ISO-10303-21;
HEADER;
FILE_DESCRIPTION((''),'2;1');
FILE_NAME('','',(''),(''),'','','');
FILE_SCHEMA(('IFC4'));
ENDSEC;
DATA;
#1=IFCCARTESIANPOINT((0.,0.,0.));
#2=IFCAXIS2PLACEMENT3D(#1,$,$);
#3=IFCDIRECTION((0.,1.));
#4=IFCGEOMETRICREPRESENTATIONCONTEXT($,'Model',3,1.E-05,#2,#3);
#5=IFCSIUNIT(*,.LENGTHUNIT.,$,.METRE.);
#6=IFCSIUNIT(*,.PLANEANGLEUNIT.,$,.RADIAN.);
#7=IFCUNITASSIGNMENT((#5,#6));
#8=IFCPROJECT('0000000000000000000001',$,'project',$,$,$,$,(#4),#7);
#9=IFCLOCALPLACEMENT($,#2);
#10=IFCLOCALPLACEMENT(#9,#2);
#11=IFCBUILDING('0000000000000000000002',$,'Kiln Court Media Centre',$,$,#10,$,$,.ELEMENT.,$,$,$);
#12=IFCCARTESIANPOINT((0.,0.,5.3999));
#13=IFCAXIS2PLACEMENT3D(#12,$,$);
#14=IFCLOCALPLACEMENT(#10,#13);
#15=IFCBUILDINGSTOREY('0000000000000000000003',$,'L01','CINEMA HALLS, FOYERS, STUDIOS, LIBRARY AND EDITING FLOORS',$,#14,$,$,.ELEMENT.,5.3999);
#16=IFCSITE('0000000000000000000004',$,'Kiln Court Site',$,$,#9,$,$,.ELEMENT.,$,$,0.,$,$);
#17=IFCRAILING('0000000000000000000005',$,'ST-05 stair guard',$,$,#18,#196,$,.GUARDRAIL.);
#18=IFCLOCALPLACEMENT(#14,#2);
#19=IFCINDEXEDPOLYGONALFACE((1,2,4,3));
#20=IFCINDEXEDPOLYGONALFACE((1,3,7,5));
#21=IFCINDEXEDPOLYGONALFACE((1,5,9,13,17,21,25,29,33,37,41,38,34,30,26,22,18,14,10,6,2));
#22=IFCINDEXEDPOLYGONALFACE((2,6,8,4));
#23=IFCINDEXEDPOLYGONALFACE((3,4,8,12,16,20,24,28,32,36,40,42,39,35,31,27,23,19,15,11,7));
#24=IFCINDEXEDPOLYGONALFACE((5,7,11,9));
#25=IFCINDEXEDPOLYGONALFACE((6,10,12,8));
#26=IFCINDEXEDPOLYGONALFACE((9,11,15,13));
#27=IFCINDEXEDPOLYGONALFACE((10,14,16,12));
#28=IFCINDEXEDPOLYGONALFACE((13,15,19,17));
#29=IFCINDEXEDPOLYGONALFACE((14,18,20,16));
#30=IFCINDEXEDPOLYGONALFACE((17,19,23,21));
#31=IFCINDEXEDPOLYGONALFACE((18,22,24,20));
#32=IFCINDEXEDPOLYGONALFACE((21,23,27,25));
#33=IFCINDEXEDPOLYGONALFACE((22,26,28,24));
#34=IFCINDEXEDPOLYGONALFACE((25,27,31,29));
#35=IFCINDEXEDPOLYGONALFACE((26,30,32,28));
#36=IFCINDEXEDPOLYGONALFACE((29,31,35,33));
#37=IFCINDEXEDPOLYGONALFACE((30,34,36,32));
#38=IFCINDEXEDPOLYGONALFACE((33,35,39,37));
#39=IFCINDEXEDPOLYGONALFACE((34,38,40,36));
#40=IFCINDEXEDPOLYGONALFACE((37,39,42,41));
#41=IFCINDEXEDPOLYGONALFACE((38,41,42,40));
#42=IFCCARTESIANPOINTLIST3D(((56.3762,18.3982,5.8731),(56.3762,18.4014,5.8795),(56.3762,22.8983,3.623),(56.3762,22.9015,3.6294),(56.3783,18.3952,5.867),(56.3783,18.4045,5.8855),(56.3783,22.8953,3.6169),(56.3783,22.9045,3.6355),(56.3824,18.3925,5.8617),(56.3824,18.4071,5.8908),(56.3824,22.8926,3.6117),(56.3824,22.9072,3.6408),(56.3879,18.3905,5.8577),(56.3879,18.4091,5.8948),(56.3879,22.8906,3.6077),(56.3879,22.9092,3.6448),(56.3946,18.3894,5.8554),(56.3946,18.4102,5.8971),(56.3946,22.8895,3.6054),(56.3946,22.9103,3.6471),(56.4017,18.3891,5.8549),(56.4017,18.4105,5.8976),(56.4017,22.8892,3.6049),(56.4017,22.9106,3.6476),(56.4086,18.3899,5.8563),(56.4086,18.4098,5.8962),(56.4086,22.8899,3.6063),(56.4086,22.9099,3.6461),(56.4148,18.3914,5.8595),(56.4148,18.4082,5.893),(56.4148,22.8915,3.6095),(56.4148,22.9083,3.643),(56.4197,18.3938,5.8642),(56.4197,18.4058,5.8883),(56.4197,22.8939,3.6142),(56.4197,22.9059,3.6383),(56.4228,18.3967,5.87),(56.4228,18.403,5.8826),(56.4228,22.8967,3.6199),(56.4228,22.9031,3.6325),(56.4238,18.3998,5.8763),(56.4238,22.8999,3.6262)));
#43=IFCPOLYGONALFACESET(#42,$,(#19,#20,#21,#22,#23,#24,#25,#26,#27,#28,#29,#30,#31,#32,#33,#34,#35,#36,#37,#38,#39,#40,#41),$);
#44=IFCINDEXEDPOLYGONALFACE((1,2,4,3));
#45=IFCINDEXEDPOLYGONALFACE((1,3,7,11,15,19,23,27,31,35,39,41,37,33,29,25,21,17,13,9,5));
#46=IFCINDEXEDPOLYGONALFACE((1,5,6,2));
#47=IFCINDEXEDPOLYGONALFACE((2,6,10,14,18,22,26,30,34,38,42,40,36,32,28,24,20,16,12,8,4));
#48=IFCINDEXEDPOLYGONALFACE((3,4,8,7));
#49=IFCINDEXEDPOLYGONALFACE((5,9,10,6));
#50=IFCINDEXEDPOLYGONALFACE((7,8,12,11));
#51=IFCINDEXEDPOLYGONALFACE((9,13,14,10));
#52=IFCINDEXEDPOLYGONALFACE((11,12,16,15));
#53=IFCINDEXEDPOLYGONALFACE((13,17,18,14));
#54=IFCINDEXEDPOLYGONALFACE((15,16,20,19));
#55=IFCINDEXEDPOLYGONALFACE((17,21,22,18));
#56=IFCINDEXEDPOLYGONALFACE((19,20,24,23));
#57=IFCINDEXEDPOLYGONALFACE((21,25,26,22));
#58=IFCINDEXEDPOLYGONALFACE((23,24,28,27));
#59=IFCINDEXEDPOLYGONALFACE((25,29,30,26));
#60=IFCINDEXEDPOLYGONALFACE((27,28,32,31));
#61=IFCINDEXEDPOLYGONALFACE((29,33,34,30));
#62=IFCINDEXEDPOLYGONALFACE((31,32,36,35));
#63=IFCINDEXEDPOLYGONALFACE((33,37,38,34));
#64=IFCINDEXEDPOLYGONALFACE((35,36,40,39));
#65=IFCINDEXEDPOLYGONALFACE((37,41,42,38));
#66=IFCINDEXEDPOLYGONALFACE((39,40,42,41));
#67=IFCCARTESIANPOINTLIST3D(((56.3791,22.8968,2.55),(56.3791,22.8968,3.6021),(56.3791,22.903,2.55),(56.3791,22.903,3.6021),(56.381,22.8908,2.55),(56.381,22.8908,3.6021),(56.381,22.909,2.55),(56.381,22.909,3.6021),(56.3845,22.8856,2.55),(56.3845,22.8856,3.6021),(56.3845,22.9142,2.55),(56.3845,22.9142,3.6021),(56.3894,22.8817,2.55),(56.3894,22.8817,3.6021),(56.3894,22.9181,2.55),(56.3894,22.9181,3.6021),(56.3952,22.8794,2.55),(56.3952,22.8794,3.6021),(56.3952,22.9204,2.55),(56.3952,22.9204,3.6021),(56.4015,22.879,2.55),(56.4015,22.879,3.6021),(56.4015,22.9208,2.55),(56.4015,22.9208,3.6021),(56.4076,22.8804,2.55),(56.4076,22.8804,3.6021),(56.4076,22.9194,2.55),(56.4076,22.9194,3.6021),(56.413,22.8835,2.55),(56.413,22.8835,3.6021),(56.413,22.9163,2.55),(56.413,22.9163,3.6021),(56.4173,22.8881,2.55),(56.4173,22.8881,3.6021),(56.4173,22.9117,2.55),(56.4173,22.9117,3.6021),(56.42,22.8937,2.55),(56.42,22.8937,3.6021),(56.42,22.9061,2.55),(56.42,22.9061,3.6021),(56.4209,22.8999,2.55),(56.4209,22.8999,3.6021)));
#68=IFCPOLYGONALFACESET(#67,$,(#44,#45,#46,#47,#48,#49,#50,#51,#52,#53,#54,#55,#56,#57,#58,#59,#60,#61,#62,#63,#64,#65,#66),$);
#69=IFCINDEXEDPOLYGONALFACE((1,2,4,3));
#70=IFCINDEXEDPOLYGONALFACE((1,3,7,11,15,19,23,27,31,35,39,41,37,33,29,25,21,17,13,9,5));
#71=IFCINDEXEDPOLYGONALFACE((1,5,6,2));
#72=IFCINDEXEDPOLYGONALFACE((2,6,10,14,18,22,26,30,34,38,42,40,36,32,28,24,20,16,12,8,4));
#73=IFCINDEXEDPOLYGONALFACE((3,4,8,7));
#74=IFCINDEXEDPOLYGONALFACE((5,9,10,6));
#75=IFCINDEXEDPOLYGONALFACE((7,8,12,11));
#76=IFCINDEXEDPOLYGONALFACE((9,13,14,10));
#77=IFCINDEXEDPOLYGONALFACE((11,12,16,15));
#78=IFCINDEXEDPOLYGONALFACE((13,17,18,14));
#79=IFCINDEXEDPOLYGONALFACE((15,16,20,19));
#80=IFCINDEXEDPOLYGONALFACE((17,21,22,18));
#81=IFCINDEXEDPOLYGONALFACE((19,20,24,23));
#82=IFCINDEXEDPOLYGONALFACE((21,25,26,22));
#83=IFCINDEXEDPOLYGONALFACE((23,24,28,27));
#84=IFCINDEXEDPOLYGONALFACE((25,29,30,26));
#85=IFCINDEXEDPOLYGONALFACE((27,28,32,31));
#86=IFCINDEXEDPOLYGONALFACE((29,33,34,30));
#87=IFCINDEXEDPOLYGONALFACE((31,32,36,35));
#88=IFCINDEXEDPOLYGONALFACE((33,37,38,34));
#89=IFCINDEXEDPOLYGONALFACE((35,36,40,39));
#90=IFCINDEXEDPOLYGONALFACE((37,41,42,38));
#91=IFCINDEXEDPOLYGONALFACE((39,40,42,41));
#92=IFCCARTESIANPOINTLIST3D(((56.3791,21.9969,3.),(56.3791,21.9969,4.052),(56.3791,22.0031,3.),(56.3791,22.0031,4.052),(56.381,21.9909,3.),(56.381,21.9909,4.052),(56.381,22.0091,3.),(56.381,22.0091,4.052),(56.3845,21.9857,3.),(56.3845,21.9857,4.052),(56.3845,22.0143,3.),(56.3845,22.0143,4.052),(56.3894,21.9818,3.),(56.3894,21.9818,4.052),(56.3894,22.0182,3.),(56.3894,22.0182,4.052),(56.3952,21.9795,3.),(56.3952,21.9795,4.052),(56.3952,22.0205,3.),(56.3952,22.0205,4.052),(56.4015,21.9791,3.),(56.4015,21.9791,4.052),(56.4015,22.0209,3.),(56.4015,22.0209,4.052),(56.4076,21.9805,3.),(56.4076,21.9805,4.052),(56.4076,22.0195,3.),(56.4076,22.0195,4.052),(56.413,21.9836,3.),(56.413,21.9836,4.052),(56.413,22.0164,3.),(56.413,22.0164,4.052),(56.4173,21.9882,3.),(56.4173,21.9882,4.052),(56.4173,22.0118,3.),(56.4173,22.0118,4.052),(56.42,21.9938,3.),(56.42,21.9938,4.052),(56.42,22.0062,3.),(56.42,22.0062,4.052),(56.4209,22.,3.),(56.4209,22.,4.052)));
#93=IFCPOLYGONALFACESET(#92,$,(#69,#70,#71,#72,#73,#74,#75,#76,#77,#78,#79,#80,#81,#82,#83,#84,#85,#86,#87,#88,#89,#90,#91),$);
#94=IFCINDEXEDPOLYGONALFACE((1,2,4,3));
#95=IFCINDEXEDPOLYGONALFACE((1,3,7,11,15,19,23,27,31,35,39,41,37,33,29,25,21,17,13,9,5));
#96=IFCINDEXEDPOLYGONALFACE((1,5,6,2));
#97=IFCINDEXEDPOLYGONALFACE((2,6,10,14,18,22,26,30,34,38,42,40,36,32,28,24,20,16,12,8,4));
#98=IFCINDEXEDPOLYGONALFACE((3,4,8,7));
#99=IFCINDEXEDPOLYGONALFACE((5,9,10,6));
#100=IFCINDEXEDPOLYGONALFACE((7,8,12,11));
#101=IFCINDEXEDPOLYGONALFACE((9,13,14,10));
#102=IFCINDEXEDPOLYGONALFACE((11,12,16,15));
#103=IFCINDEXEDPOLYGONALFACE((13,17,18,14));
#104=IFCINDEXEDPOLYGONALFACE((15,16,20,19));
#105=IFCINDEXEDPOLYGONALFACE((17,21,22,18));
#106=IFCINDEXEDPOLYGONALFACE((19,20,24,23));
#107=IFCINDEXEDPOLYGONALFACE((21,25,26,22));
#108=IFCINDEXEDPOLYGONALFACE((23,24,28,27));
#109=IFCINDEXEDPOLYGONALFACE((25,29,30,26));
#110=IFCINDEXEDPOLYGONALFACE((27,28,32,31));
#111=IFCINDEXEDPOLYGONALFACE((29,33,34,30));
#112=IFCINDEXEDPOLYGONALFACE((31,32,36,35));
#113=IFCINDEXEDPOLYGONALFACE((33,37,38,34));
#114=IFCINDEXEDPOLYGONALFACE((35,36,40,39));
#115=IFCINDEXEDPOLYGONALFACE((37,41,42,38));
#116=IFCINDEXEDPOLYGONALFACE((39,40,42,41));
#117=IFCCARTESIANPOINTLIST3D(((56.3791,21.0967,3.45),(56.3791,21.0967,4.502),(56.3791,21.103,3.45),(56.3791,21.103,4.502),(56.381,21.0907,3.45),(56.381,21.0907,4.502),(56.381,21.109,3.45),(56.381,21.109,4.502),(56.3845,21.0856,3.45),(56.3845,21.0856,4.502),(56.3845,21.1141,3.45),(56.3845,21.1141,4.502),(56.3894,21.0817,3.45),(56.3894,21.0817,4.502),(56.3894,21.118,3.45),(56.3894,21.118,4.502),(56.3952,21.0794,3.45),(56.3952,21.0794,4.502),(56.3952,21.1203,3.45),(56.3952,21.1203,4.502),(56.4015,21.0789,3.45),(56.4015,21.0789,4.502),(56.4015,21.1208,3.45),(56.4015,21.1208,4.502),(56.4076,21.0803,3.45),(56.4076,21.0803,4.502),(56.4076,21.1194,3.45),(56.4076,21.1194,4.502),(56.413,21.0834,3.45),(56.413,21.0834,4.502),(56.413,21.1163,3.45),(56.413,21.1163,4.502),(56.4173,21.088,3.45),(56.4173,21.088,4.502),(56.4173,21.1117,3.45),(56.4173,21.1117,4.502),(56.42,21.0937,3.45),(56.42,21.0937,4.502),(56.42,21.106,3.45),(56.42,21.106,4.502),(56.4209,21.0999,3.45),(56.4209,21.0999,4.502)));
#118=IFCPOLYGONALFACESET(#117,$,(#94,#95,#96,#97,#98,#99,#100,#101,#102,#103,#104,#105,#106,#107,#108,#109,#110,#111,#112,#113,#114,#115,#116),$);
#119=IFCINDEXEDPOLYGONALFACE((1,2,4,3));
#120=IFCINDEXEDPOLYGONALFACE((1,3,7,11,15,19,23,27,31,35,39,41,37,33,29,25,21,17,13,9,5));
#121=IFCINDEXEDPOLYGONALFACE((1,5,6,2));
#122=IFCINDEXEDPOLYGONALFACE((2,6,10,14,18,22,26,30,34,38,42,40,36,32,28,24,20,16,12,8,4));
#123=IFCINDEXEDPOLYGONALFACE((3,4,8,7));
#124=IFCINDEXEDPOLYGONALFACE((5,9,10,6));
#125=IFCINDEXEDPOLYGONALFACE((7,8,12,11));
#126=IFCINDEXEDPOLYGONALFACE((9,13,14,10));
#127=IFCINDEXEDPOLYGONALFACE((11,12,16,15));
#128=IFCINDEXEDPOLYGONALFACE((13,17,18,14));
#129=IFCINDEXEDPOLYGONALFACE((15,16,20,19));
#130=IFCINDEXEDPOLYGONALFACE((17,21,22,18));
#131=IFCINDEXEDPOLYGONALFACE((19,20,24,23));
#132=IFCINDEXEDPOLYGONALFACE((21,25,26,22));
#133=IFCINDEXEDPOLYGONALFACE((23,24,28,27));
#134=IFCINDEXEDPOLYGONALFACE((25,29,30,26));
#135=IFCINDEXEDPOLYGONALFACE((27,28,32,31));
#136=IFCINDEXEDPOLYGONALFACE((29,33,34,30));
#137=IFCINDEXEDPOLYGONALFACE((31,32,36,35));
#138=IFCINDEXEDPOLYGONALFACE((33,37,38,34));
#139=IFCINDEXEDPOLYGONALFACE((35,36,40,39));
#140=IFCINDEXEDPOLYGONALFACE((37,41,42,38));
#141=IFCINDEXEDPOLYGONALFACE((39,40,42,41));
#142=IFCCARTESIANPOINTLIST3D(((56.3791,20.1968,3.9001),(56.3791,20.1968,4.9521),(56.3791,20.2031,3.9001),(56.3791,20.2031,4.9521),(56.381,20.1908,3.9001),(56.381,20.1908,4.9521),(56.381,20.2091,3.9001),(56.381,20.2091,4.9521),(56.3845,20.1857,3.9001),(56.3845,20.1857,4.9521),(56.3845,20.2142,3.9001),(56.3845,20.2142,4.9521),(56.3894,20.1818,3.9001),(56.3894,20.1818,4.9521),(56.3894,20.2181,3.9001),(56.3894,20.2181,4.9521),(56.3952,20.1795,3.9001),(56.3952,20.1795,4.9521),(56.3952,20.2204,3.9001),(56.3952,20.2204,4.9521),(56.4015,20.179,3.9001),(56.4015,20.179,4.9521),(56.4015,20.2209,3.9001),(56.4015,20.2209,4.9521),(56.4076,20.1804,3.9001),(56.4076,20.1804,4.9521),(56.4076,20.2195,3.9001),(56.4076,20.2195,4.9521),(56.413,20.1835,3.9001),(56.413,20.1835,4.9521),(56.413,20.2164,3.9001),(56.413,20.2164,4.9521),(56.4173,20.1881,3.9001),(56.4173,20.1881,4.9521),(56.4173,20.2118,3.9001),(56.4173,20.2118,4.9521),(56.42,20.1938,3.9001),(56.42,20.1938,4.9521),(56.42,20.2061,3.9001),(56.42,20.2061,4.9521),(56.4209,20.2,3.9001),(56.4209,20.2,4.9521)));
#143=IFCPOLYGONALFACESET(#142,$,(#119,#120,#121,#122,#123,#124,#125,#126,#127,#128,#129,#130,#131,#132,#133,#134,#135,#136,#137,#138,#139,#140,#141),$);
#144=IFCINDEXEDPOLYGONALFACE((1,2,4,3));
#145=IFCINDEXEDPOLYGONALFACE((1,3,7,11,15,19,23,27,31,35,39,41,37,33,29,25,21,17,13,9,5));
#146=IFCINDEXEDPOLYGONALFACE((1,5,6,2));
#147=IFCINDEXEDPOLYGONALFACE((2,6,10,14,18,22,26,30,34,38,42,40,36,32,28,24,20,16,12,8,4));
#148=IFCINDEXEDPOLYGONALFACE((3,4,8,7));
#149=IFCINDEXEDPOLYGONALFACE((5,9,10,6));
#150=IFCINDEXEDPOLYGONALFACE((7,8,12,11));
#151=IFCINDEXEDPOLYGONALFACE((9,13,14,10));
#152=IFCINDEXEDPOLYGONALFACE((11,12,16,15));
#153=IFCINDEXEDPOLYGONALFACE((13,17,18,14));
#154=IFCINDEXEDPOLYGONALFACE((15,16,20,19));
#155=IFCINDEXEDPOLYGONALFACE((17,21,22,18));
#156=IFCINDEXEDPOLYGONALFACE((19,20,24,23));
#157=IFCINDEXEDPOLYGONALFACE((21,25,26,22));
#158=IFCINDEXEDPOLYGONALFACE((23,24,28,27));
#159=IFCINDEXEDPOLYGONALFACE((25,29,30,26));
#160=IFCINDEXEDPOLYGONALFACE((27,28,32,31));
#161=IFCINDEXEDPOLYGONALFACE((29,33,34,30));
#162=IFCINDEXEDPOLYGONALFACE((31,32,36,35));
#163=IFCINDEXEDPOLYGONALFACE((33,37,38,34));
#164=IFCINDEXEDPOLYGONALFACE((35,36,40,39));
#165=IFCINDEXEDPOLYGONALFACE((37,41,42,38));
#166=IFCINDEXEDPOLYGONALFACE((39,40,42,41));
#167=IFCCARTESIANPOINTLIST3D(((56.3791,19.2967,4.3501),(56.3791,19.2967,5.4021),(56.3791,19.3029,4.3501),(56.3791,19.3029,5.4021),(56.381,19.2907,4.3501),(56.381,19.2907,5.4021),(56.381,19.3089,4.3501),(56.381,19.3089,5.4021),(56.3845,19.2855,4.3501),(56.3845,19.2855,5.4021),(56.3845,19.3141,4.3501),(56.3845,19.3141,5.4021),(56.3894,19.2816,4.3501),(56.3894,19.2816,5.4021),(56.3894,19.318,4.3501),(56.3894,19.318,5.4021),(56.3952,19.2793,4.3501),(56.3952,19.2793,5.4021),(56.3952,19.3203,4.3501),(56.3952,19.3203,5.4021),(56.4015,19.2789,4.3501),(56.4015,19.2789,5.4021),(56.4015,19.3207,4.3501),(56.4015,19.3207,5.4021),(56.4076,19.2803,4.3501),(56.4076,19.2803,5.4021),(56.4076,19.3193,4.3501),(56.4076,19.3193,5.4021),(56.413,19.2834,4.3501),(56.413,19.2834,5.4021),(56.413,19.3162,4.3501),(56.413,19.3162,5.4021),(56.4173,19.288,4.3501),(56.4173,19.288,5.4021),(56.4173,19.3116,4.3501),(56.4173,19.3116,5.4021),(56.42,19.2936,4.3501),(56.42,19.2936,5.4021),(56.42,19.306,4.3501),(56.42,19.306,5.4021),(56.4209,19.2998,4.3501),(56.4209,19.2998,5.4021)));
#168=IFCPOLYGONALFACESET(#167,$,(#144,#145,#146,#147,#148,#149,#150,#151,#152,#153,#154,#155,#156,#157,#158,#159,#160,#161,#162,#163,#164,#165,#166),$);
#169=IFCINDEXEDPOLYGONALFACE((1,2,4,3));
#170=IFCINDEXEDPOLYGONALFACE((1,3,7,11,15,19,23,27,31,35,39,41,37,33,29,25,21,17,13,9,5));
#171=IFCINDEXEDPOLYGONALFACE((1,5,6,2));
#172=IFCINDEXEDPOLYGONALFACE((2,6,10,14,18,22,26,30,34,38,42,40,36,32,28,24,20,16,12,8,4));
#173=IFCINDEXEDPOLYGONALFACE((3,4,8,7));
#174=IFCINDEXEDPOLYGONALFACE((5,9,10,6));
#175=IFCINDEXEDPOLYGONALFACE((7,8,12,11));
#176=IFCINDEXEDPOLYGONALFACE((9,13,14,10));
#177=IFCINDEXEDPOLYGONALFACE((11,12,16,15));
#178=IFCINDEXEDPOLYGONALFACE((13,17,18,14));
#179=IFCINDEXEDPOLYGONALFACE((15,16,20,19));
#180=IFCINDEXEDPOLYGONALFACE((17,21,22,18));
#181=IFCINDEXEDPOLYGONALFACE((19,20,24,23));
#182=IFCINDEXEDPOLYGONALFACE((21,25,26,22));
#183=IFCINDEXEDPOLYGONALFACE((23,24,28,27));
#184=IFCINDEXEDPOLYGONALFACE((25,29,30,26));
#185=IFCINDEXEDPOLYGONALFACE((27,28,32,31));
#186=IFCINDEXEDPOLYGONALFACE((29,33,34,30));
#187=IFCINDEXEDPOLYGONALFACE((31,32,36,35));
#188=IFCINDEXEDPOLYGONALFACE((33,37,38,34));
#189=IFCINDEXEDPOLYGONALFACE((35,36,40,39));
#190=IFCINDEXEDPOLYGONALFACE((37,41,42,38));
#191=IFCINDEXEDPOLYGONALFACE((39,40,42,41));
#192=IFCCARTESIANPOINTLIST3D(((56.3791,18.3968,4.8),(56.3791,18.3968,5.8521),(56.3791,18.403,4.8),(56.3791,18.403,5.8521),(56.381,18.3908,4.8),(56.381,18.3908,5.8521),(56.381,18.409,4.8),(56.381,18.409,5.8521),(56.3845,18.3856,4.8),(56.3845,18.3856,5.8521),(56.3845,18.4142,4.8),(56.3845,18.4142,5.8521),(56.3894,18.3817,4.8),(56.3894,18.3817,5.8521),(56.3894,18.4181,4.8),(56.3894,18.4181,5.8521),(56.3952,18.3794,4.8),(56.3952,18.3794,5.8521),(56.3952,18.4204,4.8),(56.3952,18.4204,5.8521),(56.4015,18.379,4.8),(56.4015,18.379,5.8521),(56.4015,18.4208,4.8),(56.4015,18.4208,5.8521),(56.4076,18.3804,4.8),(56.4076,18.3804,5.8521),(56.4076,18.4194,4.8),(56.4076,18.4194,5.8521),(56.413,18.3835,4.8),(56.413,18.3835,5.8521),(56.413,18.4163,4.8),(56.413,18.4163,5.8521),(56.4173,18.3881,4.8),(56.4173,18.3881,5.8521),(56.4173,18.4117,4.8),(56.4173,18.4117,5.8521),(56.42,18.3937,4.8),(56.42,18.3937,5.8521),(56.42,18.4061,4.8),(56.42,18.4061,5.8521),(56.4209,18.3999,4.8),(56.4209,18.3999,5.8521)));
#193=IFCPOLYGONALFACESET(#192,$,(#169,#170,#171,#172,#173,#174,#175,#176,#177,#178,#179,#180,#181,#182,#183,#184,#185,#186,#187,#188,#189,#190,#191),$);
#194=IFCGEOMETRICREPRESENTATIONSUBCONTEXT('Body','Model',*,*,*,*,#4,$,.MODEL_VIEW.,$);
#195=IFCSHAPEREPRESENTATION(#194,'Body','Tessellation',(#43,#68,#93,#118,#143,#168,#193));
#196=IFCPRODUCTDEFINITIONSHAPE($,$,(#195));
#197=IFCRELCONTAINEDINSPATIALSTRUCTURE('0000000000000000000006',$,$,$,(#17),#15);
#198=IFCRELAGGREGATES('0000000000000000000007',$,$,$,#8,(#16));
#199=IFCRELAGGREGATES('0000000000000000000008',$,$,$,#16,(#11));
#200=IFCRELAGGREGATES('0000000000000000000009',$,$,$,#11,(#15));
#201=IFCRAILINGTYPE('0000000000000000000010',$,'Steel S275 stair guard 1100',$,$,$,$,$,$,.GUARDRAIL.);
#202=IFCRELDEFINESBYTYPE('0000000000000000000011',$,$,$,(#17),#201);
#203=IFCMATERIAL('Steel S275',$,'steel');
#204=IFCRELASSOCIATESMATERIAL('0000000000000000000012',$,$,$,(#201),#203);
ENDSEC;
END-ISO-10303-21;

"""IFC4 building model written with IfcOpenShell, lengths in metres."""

from ifc_helpers import new_model, si_unit, direction, frame, origin, origin_2d, place, context, subcontext, project, spatial, circle, extrude, material, type_object, element, save


model = new_model("IFC4")

# Units and contexts
model_context = context("Model", 3, precision=1e-05, world=origin(), true_north=direction((0.0, 1.0)))
body_context = subcontext(model_context, "Body", "Model", "MODEL_VIEW")
ifc_project = project(units=[si_unit("LENGTHUNIT", "METRE"), si_unit("PLANEANGLEUNIT", "RADIAN")], contexts=[model_context])

# Site, building, storey
site_placement = place(None, origin())
site = spatial("IfcSite", under=ifc_project, at=site_placement, Name="Kiln Court Site", CompositionType="ELEMENT", RefElevation=0.0)
building_placement = place(site_placement, origin())
building = spatial("IfcBuilding", under=site, at=building_placement, Name="Kiln Court Media Centre", CompositionType="ELEMENT")
storey_placement = place(building_placement, frame((0.0, 0.0, 5.3999)))
storey = spatial("IfcBuildingStorey", under=building, at=storey_placement, Name="L01", Description="CINEMA HALLS, FOYERS, STUDIOS, LIBRARY AND EDITING FLOORS", CompositionType="ELEMENT", Elevation=5.3999)

# Railing
ifc_material_1 = material(Name="Steel S275", Category="steel")
railing_type = type_object("IfcRailingType", Name="Steel S275 stair guard 1100", PredefinedType="GUARDRAIL", material=ifc_material_1)
railing_1_placement = place(storey_placement, frame((56.3999, 22.8999, 2.55)))
element("IfcRailing", 1, at=railing_1_placement, inside=storey, type_object=railing_type, Name="ST-05 stair guard", PredefinedType="GUARDRAIL", context=body_context, shape_type="SweptSolid", body=[
    extrude(circle(Radius=0.0239, at=origin_2d()), frame((0.0, 0.0, 1.0762), z_axis=(0.0, -0.894427, 0.447214), x_axis=(1.0, 0.0, 0.0)), (0.0, 0.0, 1.0), 5.0312),
    extrude(circle(Radius=0.021, at=origin_2d()), origin(), (0.0, 0.0, 1.0), 1.052),
    extrude(circle(Radius=0.021, at=origin_2d()), frame((0.0, -0.8999, 0.45)), (0.0, 0.0, 1.0), 1.052),
    extrude(circle(Radius=0.021, at=origin_2d()), frame((0.0, -1.8, 0.8999)), (0.0, 0.0, 1.0), 1.052),
    extrude(circle(Radius=0.021, at=origin_2d()), frame((0.0, -2.7, 1.3501)), (0.0, 0.0, 1.0), 1.052),
    extrude(circle(Radius=0.021, at=origin_2d()), frame((0.0, -3.6001, 1.8)), (0.0, 0.0, 1.0), 1.052),
    extrude(circle(Radius=0.021, at=origin_2d()), frame((0.0, -4.5, 2.25)), (0.0, 0.0, 1.0), 1.052),
])

save(model, "model.ifc")
